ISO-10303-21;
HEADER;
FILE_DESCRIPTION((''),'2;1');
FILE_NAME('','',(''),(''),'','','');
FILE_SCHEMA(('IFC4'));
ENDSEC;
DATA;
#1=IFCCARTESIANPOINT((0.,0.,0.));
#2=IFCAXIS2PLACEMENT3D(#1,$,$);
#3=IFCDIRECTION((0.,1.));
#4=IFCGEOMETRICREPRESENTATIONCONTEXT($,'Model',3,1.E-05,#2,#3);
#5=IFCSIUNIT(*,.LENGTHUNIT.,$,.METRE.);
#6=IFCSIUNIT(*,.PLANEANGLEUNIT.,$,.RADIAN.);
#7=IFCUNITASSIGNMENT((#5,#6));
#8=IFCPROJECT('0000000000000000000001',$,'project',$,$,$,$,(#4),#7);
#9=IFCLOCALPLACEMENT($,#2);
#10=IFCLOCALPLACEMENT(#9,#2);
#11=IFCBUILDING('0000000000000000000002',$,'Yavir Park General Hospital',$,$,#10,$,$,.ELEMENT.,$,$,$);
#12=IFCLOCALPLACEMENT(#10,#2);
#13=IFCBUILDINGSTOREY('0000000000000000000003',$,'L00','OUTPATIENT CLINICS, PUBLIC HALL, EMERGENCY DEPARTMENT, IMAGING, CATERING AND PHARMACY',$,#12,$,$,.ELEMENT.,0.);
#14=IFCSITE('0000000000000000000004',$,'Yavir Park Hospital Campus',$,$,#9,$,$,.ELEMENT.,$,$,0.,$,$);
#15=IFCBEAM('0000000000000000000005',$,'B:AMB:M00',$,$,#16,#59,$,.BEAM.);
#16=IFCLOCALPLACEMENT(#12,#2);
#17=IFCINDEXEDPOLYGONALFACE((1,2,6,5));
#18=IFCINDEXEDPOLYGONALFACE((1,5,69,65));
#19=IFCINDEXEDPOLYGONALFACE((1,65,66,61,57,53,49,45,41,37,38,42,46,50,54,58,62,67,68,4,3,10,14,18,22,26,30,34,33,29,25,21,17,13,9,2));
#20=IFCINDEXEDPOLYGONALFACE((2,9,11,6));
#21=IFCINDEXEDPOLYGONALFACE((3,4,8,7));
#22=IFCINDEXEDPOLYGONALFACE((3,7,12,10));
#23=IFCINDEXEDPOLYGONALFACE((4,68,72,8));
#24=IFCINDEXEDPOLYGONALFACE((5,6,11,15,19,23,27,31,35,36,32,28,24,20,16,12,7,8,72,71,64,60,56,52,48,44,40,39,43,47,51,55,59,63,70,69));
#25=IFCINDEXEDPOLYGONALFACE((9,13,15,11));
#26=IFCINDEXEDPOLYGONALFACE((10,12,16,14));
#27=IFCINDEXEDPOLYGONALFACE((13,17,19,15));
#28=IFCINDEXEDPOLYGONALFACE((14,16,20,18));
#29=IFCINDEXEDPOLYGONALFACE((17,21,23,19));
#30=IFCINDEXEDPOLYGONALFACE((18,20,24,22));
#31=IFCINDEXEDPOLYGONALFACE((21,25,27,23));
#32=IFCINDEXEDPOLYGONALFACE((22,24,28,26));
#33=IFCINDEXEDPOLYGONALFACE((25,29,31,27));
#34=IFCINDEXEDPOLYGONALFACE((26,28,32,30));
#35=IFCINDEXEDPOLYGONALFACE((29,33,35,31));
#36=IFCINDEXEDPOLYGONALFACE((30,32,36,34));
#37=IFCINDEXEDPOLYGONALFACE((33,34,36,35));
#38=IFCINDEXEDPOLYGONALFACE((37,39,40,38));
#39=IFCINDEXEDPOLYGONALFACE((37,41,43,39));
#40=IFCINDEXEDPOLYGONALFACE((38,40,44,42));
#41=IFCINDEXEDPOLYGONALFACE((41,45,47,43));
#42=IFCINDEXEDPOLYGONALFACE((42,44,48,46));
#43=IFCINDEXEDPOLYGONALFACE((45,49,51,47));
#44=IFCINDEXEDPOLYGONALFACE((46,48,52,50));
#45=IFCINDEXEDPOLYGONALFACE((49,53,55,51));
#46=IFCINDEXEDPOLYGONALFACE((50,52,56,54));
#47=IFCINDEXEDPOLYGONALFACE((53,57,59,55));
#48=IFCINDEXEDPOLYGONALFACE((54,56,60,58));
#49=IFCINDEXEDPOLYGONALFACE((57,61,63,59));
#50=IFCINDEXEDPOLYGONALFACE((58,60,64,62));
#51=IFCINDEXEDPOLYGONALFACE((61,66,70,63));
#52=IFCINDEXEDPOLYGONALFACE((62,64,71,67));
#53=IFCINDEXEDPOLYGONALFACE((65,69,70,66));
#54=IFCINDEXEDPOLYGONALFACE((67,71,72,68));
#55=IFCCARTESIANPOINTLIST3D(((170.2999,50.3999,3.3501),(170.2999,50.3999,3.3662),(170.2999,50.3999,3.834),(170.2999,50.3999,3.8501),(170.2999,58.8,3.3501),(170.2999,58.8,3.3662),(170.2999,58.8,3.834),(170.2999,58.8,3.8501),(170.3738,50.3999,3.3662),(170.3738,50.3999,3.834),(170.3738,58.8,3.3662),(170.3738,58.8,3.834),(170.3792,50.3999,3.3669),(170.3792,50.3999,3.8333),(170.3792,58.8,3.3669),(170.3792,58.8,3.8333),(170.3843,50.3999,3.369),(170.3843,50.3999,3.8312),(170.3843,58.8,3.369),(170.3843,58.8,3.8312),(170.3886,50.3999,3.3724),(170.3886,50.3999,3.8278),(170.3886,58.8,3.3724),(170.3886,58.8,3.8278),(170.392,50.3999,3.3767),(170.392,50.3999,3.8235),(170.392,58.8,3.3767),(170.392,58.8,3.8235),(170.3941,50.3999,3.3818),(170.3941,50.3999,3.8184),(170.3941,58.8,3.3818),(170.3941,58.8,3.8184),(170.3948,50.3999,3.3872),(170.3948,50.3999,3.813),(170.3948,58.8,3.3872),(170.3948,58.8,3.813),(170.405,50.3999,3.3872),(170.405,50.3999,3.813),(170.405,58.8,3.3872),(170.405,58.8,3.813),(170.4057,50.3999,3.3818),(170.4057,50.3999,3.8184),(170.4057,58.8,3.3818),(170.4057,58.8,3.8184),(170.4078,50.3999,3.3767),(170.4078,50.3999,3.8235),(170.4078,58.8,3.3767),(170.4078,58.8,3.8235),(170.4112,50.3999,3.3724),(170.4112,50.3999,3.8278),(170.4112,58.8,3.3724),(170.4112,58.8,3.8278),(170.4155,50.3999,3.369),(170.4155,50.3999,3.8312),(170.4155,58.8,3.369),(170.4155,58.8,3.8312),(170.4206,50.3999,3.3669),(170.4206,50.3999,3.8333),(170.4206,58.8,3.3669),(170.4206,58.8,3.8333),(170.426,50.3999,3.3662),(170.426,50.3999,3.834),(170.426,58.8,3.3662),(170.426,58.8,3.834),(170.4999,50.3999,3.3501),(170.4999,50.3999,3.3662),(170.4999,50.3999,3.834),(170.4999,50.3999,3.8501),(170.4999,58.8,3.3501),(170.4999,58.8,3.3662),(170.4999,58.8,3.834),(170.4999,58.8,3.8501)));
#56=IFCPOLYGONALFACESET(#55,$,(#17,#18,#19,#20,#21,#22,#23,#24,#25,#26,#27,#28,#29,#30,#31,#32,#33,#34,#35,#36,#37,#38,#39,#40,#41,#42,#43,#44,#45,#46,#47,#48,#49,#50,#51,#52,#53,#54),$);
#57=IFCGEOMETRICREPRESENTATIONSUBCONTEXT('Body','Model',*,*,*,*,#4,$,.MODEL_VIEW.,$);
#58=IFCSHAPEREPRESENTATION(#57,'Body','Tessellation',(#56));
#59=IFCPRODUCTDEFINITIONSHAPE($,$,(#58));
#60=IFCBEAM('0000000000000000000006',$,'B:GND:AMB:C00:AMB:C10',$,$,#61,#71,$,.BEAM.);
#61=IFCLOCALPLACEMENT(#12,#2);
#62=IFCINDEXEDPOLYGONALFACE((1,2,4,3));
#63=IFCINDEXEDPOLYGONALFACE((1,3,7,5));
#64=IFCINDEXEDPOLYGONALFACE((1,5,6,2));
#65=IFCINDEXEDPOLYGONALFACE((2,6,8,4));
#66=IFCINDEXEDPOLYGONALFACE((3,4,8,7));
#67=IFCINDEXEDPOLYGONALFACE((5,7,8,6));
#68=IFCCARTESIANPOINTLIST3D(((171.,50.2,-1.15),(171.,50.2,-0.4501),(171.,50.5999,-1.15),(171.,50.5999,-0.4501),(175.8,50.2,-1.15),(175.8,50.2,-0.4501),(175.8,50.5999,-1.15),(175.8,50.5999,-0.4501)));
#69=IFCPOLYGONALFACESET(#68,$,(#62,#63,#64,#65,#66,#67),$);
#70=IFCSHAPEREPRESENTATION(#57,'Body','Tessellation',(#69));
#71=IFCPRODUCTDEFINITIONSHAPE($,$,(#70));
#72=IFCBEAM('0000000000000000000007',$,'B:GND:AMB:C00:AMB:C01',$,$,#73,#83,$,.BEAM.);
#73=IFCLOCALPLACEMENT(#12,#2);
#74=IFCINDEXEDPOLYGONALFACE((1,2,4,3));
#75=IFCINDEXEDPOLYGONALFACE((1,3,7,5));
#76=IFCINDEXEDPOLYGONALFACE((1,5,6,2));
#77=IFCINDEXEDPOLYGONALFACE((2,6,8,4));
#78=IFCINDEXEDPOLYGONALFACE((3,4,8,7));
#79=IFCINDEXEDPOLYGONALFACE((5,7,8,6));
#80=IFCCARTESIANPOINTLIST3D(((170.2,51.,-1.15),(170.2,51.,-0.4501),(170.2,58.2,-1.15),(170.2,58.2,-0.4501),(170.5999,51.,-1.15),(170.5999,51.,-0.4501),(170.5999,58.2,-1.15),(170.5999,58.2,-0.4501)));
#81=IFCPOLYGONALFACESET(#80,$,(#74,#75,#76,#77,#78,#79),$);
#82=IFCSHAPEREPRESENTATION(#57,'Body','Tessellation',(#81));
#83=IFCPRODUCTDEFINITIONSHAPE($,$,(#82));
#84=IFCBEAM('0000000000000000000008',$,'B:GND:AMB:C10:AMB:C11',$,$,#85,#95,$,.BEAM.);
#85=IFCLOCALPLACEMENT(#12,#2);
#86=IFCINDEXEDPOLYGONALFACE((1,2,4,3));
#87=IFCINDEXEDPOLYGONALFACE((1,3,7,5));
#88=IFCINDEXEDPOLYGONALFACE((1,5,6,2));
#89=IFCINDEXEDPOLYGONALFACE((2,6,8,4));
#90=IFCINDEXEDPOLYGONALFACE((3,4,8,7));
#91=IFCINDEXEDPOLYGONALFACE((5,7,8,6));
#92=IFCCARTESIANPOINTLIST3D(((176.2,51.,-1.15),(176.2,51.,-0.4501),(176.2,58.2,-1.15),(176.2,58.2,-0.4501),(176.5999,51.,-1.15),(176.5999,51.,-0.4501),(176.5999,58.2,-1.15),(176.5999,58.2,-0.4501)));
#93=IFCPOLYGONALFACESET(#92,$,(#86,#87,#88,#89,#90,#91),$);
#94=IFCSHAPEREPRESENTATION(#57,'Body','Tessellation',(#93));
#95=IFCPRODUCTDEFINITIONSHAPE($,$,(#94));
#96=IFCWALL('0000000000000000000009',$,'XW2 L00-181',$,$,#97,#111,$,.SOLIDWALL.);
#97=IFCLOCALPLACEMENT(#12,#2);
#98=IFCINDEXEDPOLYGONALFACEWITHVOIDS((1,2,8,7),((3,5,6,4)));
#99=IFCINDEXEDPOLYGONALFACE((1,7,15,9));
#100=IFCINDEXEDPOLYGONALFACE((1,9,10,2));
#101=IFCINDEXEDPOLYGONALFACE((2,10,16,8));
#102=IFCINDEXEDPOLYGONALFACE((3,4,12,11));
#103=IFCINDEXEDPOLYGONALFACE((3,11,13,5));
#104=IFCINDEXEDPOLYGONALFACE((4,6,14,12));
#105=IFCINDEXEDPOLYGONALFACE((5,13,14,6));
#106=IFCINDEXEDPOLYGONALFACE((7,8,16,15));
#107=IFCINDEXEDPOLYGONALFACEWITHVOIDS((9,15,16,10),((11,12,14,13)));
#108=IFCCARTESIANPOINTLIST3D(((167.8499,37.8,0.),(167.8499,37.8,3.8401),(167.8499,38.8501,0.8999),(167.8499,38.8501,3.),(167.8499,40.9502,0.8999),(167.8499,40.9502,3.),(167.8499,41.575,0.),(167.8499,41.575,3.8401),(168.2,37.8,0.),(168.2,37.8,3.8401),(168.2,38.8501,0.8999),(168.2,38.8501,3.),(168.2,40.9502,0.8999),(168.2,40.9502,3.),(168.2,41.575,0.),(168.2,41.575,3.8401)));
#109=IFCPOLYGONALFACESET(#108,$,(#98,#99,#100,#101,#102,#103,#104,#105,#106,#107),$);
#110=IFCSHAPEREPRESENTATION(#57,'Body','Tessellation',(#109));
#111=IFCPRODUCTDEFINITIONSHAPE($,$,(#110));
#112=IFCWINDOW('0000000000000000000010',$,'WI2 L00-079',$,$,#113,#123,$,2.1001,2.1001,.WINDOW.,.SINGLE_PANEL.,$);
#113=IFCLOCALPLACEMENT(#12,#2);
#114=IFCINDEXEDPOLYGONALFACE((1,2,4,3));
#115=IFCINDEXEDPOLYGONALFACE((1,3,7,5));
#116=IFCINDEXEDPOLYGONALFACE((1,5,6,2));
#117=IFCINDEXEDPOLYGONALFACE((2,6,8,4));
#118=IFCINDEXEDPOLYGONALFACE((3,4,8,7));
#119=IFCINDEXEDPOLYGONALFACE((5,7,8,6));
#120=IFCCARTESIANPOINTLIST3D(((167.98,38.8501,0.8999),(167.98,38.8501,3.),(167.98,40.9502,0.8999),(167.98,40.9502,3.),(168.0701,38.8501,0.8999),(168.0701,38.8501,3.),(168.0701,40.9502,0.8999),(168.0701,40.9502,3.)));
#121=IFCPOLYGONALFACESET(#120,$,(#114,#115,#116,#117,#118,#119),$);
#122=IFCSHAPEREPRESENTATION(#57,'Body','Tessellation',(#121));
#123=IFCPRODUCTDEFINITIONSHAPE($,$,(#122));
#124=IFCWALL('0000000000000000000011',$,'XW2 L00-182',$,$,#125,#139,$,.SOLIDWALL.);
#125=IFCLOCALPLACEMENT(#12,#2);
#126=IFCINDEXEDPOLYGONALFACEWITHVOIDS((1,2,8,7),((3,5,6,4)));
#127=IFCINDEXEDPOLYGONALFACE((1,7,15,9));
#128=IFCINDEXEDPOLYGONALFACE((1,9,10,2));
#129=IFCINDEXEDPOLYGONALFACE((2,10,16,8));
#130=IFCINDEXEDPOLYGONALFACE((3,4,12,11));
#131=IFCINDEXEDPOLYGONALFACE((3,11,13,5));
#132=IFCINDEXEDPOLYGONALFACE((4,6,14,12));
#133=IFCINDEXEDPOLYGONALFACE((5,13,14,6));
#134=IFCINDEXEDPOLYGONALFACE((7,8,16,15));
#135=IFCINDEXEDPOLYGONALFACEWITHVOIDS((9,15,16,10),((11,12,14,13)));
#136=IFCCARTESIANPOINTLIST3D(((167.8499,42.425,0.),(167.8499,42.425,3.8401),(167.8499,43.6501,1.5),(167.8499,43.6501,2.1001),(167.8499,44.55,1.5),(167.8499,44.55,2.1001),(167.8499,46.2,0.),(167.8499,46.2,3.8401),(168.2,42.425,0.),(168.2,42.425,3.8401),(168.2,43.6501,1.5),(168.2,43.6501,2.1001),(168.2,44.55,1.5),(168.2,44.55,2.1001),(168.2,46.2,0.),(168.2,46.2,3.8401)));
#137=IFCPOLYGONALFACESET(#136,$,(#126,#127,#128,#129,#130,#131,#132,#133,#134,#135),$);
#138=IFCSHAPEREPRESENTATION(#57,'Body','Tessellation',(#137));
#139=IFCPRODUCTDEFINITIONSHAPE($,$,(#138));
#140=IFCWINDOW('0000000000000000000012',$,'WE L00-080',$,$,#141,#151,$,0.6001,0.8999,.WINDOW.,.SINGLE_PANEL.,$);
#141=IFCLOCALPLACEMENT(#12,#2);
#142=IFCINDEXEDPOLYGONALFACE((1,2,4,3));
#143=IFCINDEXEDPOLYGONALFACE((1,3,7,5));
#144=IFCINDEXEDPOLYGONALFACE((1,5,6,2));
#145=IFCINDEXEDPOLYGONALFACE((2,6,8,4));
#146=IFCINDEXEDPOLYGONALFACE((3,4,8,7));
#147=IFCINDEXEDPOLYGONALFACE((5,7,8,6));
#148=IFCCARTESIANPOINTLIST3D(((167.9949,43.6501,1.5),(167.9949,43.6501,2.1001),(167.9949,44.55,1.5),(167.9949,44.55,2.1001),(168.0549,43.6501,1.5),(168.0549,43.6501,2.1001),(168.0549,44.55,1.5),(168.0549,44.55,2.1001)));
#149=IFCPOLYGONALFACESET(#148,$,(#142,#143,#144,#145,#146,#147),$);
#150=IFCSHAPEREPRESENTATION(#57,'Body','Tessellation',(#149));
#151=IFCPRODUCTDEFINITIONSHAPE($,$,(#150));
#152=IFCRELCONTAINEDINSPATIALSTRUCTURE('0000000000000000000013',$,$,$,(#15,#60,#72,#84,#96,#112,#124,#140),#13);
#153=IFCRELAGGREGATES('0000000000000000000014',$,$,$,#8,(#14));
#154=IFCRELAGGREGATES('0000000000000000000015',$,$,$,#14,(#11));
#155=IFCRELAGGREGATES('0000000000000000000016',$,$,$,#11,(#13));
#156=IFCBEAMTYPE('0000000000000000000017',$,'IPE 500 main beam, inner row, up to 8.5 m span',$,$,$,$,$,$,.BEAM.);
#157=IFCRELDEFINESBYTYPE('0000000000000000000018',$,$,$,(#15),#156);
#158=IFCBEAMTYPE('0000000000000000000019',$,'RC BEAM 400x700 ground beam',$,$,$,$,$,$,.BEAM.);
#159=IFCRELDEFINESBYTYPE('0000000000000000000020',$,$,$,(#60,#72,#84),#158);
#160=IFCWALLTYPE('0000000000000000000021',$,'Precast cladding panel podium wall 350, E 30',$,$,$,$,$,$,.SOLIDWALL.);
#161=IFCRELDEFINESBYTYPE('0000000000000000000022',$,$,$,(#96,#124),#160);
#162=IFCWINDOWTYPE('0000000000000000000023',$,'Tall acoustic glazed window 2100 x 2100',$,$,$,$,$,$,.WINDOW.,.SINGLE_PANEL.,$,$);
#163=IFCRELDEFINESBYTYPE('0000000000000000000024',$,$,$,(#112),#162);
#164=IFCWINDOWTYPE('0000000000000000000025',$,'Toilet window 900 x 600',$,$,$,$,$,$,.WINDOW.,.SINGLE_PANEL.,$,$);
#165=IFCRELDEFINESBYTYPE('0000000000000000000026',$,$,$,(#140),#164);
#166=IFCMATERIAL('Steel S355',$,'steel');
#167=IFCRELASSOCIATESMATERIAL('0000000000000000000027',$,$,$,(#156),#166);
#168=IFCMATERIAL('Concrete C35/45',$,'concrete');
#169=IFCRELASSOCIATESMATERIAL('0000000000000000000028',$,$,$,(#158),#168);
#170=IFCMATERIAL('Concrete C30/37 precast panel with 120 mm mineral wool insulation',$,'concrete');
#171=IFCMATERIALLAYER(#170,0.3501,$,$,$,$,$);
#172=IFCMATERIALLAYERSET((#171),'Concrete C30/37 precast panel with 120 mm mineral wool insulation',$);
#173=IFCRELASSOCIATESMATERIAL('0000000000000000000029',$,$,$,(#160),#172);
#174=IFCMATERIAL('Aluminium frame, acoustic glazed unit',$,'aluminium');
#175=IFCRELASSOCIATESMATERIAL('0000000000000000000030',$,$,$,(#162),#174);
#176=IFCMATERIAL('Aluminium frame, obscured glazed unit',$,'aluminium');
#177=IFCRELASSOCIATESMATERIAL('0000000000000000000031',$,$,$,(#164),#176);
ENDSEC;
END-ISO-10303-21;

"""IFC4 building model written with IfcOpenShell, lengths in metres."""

from ifc_helpers import new_model, si_unit, direction, frame, frame_2d, origin, origin_2d, place, context, subcontext, project, spatial, rectangle, i_section, extrude, material, layer, layer_set, material_profile, profile_set, type_object, element, fill, save


model = new_model("IFC4")

# Units and contexts
model_context = context("Model", 3, precision=1e-05, world=origin(), true_north=direction((0.0, 1.0)))
body_context = subcontext(model_context, "Body", "Model", "MODEL_VIEW")
ifc_project = project(units=[si_unit("LENGTHUNIT", "METRE"), si_unit("PLANEANGLEUNIT", "RADIAN")], contexts=[model_context])

# Site, building, storey
site_placement = place(None, origin())
site = spatial("IfcSite", under=ifc_project, at=site_placement, Name="Yavir Park Hospital Campus", CompositionType="ELEMENT", RefElevation=0.0)
building_placement = place(site_placement, origin())
building = spatial("IfcBuilding", under=site, at=building_placement, Name="Yavir Park General Hospital", CompositionType="ELEMENT")
storey_placement = place(building_placement, origin())
storey = spatial("IfcBuildingStorey", under=building, at=storey_placement, Name="L00", Description="OUTPATIENT CLINICS, PUBLIC HALL, EMERGENCY DEPARTMENT, IMAGING, CATERING AND PHARMACY", CompositionType="ELEMENT", Elevation=0.0)

# Beams
ifc_material_1 = material(Name="Steel S355", Category="steel")
ifc_material_profile_1 = material_profile(ifc_material_1, i_section(OverallWidth=0.2, OverallDepth=0.5, WebThickness=0.0103, FlangeThickness=0.0161, FilletRadius=0.021, at=origin_2d()), Name="IPE500")
ifc_profile_set_1 = profile_set([ifc_material_profile_1], Name="Steel S355")
beam_type_1 = type_object("IfcBeamType", Name="IPE 500 main beam, inner row, up to 8.5 m span", PredefinedType="BEAM", material=ifc_profile_set_1)
beam_1_placement = place(storey_placement, frame((170.3999, 50.3999, 3.6001), z_axis=(0.0, 1.0, 0.0), x_axis=(-1.0, 0.0, 0.0)))
element("IfcBeam", 1, at=beam_1_placement, inside=storey, type_object=beam_type_1, Name="B:AMB:M00", PredefinedType="BEAM", context=body_context, shape_type="SweptSolid", body=[
    extrude(i_section(OverallWidth=0.2, OverallDepth=0.5, WebThickness=0.0103, FlangeThickness=0.0161, FilletRadius=0.021, at=origin_2d()), origin(), (0.0, 0.0, 1.0), 8.4001),
])
ifc_material_2 = material(Name="Concrete C35/45", Category="concrete")
ifc_material_profile_2 = material_profile(ifc_material_2, rectangle(XDim=0.3999, YDim=0.7, at=origin_2d()), Name="RC400x700")
ifc_profile_set_2 = profile_set([ifc_material_profile_2], Name="Concrete C35/45")
beam_type_2 = type_object("IfcBeamType", Name="RC BEAM 400x700 ground beam", PredefinedType="BEAM", material=ifc_profile_set_2)
beam_2_placement = place(storey_placement, frame((171.0, 50.3999, -0.8), z_axis=(1.0, 0.0, 0.0), x_axis=(0.0, 1.0, 0.0)))
element("IfcBeam", 2, at=beam_2_placement, inside=storey, type_object=beam_type_2, Name="B:GND:AMB:C00:AMB:C10", PredefinedType="BEAM", context=body_context, shape_type="SweptSolid", body=[
    extrude(rectangle(XDim=0.3999, YDim=0.7, at=origin_2d()), origin(), (0.0, 0.0, 1.0), 4.8),
])
for number, where, z_axis, x_axis, name in (
    (3, (170.3999, 51.0, -0.8), (0.0, 1.0, 0.0), (-1.0, 0.0, 0.0), "B:GND:AMB:C00:AMB:C01"),
    (4, (176.3999, 51.0, -0.8), (0.0, 1.0, 0.0), (-1.0, 0.0, 0.0), "B:GND:AMB:C10:AMB:C11"),
):
    element("IfcBeam", number, at=place(storey_placement, frame(where, z_axis=z_axis, x_axis=x_axis)), inside=storey, type_object=beam_type_2, Name=name, PredefinedType="BEAM", context=body_context, shape_type="SweptSolid", body=[
        extrude(rectangle(XDim=0.3999, YDim=0.7, at=origin_2d()), origin(), (0.0, 0.0, 1.0), 7.2),
    ])

# Walls, openings, windows
ifc_material_3 = material(Name="Concrete C30/37 precast panel with 120 mm mineral wool insulation", Category="concrete")
ifc_layer_1 = layer(ifc_material_3, 0.3501)
ifc_layer_set_1 = layer_set([ifc_layer_1], Name="Concrete C30/37 precast panel with 120 mm mineral wool insulation")
wall_type_1 = type_object("IfcWallType", Name="Precast cladding panel podium wall 350, E 30", PredefinedType="SOLIDWALL", material=ifc_layer_set_1)
wall_1_placement = place(storey_placement, frame((168.0249, 37.8, 0.0), z_axis=(0.0, 0.0, 1.0), x_axis=(0.0, 1.0, 0.0)))
wall_1 = element("IfcWall", 5, at=wall_1_placement, inside=storey, type_object=wall_type_1, Name="XW2 L00-181", PredefinedType="SOLIDWALL", context=body_context, shape_type="SweptSolid", body=[
    extrude(rectangle(XDim=3.7749, YDim=0.3501, at=frame_2d((1.8875, 0.0))), origin(), (0.0, 0.0, 1.0), 3.8401),
])
opening_1_placement = place(wall_1_placement, frame((1.05, 0.0, 0.8999)))
opening_1 = element("IfcOpeningElement", 6, at=opening_1_placement, cuts=wall_1, PredefinedType="OPENING", context=body_context, shape_type="SweptSolid", body=[
    extrude(rectangle(XDim=2.1001, YDim=2.1001, at=frame_2d((1.05, 1.05))), frame((0.0, 0.1851, 0.0), z_axis=(0.0, -1.0, 0.0), x_axis=(1.0, 0.0, 0.0)), (0.0, 0.0, 1.0), 0.3701),
])
ifc_material_4 = material(Name="Aluminium frame, acoustic glazed unit", Category="aluminium")
window_type_1 = type_object("IfcWindowType", Name="Tall acoustic glazed window 2100 x 2100", PartitioningType="SINGLE_PANEL", PredefinedType="WINDOW", material=ifc_material_4)
window_1_placement = place(opening_1_placement, origin())
window_1 = element("IfcWindow", 7, at=window_1_placement, inside=storey, type_object=window_type_1, Name="WI2 L00-079", OverallHeight=2.1001, OverallWidth=2.1001, PartitioningType="SINGLE_PANEL", PredefinedType="WINDOW", context=body_context, shape_type="SweptSolid", body=[
    extrude(rectangle(XDim=2.1001, YDim=2.1001, at=frame_2d((1.05, 1.05))), frame((0.0, 0.0449, 0.0), z_axis=(0.0, -1.0, 0.0), x_axis=(1.0, 0.0, 0.0)), (0.0, 0.0, 1.0), 0.0901),
])
fill(opening_1, window_1)
wall_2_placement = place(storey_placement, frame((168.0249, 42.425, 0.0), z_axis=(0.0, 0.0, 1.0), x_axis=(0.0, 1.0, 0.0)))
wall_2 = element("IfcWall", 8, at=wall_2_placement, inside=storey, type_object=wall_type_1, Name="XW2 L00-182", PredefinedType="SOLIDWALL", context=body_context, shape_type="SweptSolid", body=[
    extrude(rectangle(XDim=3.7749, YDim=0.3501, at=frame_2d((1.8875, 0.0))), origin(), (0.0, 0.0, 1.0), 3.8401),
])
opening_2_placement = place(wall_2_placement, frame((1.2251, 0.0, 1.5)))
opening_2 = element("IfcOpeningElement", 9, at=opening_2_placement, cuts=wall_2, PredefinedType="OPENING", context=body_context, shape_type="SweptSolid", body=[
    extrude(rectangle(XDim=0.8999, YDim=0.6001, at=frame_2d((0.45, 0.3))), frame((0.0, 0.1851, 0.0), z_axis=(0.0, -1.0, 0.0), x_axis=(1.0, 0.0, 0.0)), (0.0, 0.0, 1.0), 0.3701),
])
ifc_material_5 = material(Name="Aluminium frame, obscured glazed unit", Category="aluminium")
window_type_2 = type_object("IfcWindowType", Name="Toilet window 900 x 600", PartitioningType="SINGLE_PANEL", PredefinedType="WINDOW", material=ifc_material_5)
window_2_placement = place(opening_2_placement, origin())
window_2 = element("IfcWindow", 10, at=window_2_placement, inside=storey, type_object=window_type_2, Name="WE L00-080", OverallHeight=0.6001, OverallWidth=0.8999, PartitioningType="SINGLE_PANEL", PredefinedType="WINDOW", context=body_context, shape_type="SweptSolid", body=[
    extrude(rectangle(XDim=0.8999, YDim=0.6001, at=frame_2d((0.45, 0.3))), frame((0.0, 0.03, 0.0), z_axis=(0.0, -1.0, 0.0), x_axis=(1.0, 0.0, 0.0)), (0.0, 0.0, 1.0), 0.0601),
])
fill(opening_2, window_2)

save(model, "model.ifc")
